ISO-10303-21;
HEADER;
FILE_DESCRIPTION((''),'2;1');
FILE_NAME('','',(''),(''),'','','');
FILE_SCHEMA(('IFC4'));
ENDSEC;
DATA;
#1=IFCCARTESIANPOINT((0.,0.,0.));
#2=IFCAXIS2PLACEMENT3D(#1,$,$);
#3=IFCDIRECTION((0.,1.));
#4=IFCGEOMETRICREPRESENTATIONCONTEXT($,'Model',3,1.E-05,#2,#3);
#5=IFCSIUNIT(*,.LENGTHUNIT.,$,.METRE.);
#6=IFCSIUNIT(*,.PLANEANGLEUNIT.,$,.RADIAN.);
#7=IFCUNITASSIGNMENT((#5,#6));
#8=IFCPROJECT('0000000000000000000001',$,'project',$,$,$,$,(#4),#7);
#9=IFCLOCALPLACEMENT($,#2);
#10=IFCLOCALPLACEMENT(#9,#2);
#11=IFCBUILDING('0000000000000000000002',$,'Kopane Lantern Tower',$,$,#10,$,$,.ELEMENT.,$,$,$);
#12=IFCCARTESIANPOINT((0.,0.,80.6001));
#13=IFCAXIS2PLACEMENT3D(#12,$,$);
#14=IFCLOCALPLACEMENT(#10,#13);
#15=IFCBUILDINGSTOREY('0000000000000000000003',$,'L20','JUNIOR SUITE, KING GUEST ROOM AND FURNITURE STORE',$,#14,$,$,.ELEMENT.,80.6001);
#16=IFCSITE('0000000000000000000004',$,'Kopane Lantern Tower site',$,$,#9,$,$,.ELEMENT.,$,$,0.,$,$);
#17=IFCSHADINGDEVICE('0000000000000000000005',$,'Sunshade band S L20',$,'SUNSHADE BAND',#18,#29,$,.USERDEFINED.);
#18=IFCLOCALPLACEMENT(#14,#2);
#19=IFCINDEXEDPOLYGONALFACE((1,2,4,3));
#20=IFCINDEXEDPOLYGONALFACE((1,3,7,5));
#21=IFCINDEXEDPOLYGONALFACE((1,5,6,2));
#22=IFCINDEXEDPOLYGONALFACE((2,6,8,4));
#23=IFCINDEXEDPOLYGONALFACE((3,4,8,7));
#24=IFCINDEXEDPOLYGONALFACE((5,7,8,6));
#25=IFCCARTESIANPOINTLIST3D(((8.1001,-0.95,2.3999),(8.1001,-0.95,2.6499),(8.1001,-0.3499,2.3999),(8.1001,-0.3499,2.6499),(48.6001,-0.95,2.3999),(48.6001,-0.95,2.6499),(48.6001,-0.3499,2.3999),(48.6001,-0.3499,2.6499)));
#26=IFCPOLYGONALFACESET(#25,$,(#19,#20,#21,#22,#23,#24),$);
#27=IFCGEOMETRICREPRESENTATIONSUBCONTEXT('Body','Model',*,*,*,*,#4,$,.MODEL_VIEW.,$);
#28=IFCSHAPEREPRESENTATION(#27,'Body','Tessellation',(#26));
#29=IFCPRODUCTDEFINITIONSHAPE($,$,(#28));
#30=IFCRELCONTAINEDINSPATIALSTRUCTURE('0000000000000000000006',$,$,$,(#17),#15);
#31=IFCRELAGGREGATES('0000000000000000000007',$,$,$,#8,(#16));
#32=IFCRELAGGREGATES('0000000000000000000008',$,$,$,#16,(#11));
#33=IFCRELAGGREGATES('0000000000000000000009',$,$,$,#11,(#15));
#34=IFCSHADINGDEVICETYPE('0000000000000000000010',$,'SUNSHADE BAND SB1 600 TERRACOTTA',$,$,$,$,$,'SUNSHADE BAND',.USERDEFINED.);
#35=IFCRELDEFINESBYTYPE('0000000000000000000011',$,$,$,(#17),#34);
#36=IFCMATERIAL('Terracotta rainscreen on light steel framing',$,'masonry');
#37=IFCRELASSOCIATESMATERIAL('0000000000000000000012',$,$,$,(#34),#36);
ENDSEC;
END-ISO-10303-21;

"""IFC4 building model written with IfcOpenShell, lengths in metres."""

from ifc_helpers import new_model, si_unit, direction, frame, origin, origin_2d, place, context, subcontext, project, spatial, rectangle, extrude, material, type_object, element, save


model = new_model("IFC4")

# Units and contexts
model_context = context("Model", 3, precision=1e-05, world=origin(), true_north=direction((0.0, 1.0)))
body_context = subcontext(model_context, "Body", "Model", "MODEL_VIEW")
ifc_project = project(units=[si_unit("LENGTHUNIT", "METRE"), si_unit("PLANEANGLEUNIT", "RADIAN")], contexts=[model_context])

# Site, building, storey
site_placement = place(None, origin())
site = spatial("IfcSite", under=ifc_project, at=site_placement, Name="Kopane Lantern Tower site", CompositionType="ELEMENT", RefElevation=0.0)
building_placement = place(site_placement, origin())
building = spatial("IfcBuilding", under=site, at=building_placement, Name="Kopane Lantern Tower", CompositionType="ELEMENT")
storey_placement = place(building_placement, frame((0.0, 0.0, 80.6001)))
storey = spatial("IfcBuildingStorey", under=building, at=storey_placement, Name="L20", Description="JUNIOR SUITE, KING GUEST ROOM AND FURNITURE STORE", CompositionType="ELEMENT", Elevation=80.6001)

# Shading device
ifc_material_1 = material(Name="Terracotta rainscreen on light steel framing", Category="masonry")
shading_device_type = type_object("IfcShadingDeviceType", Name="SUNSHADE BAND SB1 600 TERRACOTTA", ElementType="SUNSHADE BAND", PredefinedType="USERDEFINED", material=ifc_material_1)
shading_device_placement = place(storey_placement, frame((28.3501, -0.6499, 2.3999), z_axis=(0.0, 0.0, 1.0), x_axis=(1.0, 0.0, 0.0)))
element("IfcShadingDevice", 1, at=shading_device_placement, inside=storey, type_object=shading_device_type, Name="Sunshade band S L20", ObjectType="SUNSHADE BAND", PredefinedType="USERDEFINED", context=body_context, shape_type="SweptSolid", body=[
    extrude(rectangle(XDim=40.5, YDim=0.6001, at=origin_2d()), origin(), (0.0, 0.0, 1.0), 0.25),
])

save(model, "model.ifc")
